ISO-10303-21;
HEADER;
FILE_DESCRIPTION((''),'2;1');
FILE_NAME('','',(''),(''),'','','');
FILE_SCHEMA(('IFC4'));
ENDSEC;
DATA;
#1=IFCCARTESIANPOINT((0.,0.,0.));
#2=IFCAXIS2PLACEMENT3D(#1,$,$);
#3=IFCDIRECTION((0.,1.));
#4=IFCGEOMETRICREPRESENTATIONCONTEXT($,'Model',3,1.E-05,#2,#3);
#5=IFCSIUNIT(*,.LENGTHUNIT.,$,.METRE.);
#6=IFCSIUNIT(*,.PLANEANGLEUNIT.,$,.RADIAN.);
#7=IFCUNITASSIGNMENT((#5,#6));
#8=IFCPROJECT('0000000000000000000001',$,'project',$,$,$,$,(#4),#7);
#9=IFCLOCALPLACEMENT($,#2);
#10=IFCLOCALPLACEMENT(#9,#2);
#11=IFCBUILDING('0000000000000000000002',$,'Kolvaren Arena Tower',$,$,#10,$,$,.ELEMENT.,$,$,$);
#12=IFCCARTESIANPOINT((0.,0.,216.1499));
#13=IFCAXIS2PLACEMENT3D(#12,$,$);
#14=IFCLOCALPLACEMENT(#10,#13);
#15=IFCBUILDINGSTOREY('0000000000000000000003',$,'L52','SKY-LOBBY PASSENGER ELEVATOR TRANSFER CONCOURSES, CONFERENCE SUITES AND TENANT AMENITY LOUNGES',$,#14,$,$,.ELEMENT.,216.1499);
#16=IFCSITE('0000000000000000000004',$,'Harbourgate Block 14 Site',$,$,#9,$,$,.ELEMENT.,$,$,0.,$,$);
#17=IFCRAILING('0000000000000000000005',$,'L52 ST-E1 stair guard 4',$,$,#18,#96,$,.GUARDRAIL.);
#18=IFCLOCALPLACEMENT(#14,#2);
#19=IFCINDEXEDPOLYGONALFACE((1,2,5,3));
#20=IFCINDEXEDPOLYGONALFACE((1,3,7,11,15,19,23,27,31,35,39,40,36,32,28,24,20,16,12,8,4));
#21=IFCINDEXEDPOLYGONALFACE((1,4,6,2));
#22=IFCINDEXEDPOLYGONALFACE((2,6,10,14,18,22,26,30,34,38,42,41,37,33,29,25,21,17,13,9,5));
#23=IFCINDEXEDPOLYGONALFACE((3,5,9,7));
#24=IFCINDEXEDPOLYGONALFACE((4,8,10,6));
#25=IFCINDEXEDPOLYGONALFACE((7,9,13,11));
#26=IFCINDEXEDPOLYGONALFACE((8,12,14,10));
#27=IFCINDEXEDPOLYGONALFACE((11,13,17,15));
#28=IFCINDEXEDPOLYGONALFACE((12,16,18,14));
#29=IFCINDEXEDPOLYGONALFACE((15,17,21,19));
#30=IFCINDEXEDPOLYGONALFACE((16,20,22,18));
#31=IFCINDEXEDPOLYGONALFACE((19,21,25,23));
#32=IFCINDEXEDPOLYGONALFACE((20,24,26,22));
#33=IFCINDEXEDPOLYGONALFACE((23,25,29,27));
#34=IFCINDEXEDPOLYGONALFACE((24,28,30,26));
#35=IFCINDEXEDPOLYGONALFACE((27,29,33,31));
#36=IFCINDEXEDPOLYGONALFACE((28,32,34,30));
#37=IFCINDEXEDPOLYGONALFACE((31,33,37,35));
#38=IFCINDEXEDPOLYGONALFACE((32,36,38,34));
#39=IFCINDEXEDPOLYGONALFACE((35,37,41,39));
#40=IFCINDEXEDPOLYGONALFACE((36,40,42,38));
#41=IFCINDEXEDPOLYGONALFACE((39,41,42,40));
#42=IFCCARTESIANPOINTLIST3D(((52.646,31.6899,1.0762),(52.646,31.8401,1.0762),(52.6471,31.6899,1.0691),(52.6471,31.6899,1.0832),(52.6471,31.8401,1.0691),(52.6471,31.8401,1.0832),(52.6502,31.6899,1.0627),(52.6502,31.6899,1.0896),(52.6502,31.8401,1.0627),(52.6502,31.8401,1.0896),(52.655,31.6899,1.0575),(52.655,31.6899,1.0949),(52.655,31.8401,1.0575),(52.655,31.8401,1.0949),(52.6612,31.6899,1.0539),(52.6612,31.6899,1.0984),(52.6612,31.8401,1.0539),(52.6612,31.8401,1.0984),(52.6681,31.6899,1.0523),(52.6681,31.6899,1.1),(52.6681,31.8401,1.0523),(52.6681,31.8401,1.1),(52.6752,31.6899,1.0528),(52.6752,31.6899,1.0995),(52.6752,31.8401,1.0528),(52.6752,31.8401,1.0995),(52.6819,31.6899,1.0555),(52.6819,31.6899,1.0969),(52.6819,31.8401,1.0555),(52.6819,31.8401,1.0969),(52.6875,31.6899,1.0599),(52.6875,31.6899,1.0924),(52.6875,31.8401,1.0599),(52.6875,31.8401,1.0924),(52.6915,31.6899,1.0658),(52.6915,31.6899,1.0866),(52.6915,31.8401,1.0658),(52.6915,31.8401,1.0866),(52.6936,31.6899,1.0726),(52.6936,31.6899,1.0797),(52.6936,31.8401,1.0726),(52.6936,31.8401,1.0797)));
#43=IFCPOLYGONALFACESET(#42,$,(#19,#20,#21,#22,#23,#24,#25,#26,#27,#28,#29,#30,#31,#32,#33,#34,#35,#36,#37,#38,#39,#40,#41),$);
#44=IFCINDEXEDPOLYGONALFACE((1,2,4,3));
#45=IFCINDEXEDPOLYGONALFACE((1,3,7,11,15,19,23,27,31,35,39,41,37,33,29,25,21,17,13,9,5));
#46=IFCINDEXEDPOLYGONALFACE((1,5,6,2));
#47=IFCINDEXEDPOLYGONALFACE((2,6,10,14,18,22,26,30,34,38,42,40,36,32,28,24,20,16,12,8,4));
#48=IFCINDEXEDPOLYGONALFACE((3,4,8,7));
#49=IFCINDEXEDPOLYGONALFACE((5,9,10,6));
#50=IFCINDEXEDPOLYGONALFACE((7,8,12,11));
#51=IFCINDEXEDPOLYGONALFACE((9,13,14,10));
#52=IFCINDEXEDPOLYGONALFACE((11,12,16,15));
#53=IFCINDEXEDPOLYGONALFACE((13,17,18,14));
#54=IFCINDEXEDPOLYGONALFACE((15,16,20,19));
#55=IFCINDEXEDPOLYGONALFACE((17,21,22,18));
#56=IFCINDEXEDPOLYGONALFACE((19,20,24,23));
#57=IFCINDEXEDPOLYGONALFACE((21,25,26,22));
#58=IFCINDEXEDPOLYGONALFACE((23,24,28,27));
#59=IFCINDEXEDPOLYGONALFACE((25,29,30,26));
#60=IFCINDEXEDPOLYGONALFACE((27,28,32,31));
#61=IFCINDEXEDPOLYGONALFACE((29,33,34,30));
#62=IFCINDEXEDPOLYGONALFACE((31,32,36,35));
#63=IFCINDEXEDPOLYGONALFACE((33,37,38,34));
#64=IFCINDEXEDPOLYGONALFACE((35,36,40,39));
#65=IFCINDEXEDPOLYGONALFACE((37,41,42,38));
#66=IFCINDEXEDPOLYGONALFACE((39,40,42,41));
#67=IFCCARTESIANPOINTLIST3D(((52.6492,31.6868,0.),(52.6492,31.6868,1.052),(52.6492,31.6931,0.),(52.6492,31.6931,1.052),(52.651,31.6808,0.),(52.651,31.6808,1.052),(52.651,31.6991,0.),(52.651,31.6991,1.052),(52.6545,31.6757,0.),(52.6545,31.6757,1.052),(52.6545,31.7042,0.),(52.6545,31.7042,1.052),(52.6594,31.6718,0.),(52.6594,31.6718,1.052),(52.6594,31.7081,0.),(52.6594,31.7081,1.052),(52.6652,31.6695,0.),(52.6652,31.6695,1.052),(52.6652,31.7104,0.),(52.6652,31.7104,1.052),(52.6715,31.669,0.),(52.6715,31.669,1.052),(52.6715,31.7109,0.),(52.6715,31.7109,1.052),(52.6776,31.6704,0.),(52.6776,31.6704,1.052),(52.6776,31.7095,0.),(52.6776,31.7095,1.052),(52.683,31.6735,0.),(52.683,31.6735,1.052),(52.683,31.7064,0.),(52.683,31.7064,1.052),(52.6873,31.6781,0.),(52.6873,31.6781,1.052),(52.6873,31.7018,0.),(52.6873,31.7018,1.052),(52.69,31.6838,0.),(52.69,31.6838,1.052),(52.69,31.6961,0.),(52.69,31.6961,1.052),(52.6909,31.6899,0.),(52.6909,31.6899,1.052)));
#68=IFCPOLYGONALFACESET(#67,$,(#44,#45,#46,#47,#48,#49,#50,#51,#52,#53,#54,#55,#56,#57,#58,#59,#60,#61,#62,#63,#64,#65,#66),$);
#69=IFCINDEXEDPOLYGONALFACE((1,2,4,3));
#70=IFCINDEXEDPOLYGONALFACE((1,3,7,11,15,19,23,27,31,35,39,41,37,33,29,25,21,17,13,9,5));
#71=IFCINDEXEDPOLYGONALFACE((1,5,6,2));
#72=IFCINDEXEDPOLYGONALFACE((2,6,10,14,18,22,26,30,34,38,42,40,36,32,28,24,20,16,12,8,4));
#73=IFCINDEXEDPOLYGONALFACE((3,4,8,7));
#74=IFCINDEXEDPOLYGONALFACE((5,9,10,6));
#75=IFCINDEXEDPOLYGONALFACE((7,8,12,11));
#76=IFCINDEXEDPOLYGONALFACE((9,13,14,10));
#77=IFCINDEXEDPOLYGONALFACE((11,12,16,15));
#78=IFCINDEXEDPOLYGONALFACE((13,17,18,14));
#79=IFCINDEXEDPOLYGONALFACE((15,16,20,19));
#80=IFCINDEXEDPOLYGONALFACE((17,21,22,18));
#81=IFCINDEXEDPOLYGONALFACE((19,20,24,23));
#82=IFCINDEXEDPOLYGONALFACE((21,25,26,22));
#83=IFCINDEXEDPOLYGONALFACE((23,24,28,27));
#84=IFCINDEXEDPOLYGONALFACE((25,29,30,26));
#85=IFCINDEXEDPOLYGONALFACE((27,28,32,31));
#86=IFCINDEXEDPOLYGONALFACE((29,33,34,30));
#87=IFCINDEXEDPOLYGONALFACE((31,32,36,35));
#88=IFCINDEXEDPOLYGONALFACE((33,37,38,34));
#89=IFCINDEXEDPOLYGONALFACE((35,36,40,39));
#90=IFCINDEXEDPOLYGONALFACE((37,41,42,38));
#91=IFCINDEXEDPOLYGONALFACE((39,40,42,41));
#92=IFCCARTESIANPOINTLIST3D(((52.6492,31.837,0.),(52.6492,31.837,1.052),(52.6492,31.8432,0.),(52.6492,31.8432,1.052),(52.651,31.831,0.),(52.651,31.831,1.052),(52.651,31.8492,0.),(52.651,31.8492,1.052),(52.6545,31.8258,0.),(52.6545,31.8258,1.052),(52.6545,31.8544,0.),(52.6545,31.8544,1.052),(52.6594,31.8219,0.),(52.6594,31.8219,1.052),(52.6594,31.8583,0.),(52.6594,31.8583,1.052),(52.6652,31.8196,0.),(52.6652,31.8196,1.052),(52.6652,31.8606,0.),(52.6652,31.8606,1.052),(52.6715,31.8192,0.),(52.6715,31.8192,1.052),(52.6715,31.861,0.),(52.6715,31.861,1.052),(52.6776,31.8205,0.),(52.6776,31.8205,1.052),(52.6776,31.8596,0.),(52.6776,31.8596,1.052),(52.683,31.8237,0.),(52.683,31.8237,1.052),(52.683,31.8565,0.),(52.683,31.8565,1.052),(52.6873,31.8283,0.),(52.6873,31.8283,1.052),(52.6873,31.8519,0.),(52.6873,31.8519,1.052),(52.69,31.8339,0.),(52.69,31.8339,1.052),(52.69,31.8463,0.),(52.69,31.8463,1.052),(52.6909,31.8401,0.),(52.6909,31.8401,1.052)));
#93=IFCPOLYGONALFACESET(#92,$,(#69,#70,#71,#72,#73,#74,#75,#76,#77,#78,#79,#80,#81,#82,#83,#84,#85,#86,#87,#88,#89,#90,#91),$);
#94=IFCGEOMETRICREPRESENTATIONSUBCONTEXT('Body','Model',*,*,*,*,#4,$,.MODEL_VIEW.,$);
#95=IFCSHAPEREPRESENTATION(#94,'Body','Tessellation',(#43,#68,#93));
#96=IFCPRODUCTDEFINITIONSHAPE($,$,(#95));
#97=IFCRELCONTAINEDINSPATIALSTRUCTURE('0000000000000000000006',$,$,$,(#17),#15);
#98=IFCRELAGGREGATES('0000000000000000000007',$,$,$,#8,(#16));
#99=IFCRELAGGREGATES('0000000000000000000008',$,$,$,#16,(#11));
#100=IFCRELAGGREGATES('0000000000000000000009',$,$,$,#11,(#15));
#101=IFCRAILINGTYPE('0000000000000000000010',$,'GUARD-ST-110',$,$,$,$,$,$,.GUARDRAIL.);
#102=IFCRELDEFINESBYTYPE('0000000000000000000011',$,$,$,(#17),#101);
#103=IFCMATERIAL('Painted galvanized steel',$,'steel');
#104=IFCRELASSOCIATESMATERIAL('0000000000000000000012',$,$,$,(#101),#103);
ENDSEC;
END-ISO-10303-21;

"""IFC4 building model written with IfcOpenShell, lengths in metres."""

from ifc_helpers import new_model, si_unit, direction, frame, origin, origin_2d, place, context, subcontext, project, spatial, circle, extrude, material, type_object, element, save


model = new_model("IFC4")

# Units and contexts
model_context = context("Model", 3, precision=1e-05, world=origin(), true_north=direction((0.0, 1.0)))
body_context = subcontext(model_context, "Body", "Model", "MODEL_VIEW")
ifc_project = project(units=[si_unit("LENGTHUNIT", "METRE"), si_unit("PLANEANGLEUNIT", "RADIAN")], contexts=[model_context])

# Site, building, storey
site_placement = place(None, origin())
site = spatial("IfcSite", under=ifc_project, at=site_placement, Name="Harbourgate Block 14 Site", CompositionType="ELEMENT", RefElevation=0.0)
building_placement = place(site_placement, origin())
building = spatial("IfcBuilding", under=site, at=building_placement, Name="Kolvaren Arena Tower", CompositionType="ELEMENT")
storey_placement = place(building_placement, frame((0.0, 0.0, 216.1499)))
storey = spatial("IfcBuildingStorey", under=building, at=storey_placement, Name="L52", Description="SKY-LOBBY PASSENGER ELEVATOR TRANSFER CONCOURSES, CONFERENCE SUITES AND TENANT AMENITY LOUNGES", CompositionType="ELEMENT", Elevation=216.1499)

# Railing
ifc_material_1 = material(Name="Painted galvanized steel", Category="steel")
railing_type_1 = type_object("IfcRailingType", Name="GUARD-ST-110", PredefinedType="GUARDRAIL", material=ifc_material_1)
railing_1_placement = place(storey_placement, frame((52.6699, 31.6899, 0.0)))
element("IfcRailing", 1, at=railing_1_placement, inside=storey, type_object=railing_type_1, Name="L52 ST-E1 stair guard 4", PredefinedType="GUARDRAIL", context=body_context, shape_type="SweptSolid", body=[
    extrude(circle(Radius=0.0239, at=origin_2d()), frame((0.0, 0.0, 1.0762), z_axis=(0.0, 1.0, 0.0), x_axis=(-1.0, 0.0, 0.0)), (0.0, 0.0, 1.0), 0.1501),
    extrude(circle(Radius=0.021, at=origin_2d()), origin(), (0.0, 0.0, 1.0), 1.052),
    extrude(circle(Radius=0.021, at=origin_2d()), frame((0.0, 0.1501, 0.0)), (0.0, 0.0, 1.0), 1.052),
])

save(model, "model.ifc")
